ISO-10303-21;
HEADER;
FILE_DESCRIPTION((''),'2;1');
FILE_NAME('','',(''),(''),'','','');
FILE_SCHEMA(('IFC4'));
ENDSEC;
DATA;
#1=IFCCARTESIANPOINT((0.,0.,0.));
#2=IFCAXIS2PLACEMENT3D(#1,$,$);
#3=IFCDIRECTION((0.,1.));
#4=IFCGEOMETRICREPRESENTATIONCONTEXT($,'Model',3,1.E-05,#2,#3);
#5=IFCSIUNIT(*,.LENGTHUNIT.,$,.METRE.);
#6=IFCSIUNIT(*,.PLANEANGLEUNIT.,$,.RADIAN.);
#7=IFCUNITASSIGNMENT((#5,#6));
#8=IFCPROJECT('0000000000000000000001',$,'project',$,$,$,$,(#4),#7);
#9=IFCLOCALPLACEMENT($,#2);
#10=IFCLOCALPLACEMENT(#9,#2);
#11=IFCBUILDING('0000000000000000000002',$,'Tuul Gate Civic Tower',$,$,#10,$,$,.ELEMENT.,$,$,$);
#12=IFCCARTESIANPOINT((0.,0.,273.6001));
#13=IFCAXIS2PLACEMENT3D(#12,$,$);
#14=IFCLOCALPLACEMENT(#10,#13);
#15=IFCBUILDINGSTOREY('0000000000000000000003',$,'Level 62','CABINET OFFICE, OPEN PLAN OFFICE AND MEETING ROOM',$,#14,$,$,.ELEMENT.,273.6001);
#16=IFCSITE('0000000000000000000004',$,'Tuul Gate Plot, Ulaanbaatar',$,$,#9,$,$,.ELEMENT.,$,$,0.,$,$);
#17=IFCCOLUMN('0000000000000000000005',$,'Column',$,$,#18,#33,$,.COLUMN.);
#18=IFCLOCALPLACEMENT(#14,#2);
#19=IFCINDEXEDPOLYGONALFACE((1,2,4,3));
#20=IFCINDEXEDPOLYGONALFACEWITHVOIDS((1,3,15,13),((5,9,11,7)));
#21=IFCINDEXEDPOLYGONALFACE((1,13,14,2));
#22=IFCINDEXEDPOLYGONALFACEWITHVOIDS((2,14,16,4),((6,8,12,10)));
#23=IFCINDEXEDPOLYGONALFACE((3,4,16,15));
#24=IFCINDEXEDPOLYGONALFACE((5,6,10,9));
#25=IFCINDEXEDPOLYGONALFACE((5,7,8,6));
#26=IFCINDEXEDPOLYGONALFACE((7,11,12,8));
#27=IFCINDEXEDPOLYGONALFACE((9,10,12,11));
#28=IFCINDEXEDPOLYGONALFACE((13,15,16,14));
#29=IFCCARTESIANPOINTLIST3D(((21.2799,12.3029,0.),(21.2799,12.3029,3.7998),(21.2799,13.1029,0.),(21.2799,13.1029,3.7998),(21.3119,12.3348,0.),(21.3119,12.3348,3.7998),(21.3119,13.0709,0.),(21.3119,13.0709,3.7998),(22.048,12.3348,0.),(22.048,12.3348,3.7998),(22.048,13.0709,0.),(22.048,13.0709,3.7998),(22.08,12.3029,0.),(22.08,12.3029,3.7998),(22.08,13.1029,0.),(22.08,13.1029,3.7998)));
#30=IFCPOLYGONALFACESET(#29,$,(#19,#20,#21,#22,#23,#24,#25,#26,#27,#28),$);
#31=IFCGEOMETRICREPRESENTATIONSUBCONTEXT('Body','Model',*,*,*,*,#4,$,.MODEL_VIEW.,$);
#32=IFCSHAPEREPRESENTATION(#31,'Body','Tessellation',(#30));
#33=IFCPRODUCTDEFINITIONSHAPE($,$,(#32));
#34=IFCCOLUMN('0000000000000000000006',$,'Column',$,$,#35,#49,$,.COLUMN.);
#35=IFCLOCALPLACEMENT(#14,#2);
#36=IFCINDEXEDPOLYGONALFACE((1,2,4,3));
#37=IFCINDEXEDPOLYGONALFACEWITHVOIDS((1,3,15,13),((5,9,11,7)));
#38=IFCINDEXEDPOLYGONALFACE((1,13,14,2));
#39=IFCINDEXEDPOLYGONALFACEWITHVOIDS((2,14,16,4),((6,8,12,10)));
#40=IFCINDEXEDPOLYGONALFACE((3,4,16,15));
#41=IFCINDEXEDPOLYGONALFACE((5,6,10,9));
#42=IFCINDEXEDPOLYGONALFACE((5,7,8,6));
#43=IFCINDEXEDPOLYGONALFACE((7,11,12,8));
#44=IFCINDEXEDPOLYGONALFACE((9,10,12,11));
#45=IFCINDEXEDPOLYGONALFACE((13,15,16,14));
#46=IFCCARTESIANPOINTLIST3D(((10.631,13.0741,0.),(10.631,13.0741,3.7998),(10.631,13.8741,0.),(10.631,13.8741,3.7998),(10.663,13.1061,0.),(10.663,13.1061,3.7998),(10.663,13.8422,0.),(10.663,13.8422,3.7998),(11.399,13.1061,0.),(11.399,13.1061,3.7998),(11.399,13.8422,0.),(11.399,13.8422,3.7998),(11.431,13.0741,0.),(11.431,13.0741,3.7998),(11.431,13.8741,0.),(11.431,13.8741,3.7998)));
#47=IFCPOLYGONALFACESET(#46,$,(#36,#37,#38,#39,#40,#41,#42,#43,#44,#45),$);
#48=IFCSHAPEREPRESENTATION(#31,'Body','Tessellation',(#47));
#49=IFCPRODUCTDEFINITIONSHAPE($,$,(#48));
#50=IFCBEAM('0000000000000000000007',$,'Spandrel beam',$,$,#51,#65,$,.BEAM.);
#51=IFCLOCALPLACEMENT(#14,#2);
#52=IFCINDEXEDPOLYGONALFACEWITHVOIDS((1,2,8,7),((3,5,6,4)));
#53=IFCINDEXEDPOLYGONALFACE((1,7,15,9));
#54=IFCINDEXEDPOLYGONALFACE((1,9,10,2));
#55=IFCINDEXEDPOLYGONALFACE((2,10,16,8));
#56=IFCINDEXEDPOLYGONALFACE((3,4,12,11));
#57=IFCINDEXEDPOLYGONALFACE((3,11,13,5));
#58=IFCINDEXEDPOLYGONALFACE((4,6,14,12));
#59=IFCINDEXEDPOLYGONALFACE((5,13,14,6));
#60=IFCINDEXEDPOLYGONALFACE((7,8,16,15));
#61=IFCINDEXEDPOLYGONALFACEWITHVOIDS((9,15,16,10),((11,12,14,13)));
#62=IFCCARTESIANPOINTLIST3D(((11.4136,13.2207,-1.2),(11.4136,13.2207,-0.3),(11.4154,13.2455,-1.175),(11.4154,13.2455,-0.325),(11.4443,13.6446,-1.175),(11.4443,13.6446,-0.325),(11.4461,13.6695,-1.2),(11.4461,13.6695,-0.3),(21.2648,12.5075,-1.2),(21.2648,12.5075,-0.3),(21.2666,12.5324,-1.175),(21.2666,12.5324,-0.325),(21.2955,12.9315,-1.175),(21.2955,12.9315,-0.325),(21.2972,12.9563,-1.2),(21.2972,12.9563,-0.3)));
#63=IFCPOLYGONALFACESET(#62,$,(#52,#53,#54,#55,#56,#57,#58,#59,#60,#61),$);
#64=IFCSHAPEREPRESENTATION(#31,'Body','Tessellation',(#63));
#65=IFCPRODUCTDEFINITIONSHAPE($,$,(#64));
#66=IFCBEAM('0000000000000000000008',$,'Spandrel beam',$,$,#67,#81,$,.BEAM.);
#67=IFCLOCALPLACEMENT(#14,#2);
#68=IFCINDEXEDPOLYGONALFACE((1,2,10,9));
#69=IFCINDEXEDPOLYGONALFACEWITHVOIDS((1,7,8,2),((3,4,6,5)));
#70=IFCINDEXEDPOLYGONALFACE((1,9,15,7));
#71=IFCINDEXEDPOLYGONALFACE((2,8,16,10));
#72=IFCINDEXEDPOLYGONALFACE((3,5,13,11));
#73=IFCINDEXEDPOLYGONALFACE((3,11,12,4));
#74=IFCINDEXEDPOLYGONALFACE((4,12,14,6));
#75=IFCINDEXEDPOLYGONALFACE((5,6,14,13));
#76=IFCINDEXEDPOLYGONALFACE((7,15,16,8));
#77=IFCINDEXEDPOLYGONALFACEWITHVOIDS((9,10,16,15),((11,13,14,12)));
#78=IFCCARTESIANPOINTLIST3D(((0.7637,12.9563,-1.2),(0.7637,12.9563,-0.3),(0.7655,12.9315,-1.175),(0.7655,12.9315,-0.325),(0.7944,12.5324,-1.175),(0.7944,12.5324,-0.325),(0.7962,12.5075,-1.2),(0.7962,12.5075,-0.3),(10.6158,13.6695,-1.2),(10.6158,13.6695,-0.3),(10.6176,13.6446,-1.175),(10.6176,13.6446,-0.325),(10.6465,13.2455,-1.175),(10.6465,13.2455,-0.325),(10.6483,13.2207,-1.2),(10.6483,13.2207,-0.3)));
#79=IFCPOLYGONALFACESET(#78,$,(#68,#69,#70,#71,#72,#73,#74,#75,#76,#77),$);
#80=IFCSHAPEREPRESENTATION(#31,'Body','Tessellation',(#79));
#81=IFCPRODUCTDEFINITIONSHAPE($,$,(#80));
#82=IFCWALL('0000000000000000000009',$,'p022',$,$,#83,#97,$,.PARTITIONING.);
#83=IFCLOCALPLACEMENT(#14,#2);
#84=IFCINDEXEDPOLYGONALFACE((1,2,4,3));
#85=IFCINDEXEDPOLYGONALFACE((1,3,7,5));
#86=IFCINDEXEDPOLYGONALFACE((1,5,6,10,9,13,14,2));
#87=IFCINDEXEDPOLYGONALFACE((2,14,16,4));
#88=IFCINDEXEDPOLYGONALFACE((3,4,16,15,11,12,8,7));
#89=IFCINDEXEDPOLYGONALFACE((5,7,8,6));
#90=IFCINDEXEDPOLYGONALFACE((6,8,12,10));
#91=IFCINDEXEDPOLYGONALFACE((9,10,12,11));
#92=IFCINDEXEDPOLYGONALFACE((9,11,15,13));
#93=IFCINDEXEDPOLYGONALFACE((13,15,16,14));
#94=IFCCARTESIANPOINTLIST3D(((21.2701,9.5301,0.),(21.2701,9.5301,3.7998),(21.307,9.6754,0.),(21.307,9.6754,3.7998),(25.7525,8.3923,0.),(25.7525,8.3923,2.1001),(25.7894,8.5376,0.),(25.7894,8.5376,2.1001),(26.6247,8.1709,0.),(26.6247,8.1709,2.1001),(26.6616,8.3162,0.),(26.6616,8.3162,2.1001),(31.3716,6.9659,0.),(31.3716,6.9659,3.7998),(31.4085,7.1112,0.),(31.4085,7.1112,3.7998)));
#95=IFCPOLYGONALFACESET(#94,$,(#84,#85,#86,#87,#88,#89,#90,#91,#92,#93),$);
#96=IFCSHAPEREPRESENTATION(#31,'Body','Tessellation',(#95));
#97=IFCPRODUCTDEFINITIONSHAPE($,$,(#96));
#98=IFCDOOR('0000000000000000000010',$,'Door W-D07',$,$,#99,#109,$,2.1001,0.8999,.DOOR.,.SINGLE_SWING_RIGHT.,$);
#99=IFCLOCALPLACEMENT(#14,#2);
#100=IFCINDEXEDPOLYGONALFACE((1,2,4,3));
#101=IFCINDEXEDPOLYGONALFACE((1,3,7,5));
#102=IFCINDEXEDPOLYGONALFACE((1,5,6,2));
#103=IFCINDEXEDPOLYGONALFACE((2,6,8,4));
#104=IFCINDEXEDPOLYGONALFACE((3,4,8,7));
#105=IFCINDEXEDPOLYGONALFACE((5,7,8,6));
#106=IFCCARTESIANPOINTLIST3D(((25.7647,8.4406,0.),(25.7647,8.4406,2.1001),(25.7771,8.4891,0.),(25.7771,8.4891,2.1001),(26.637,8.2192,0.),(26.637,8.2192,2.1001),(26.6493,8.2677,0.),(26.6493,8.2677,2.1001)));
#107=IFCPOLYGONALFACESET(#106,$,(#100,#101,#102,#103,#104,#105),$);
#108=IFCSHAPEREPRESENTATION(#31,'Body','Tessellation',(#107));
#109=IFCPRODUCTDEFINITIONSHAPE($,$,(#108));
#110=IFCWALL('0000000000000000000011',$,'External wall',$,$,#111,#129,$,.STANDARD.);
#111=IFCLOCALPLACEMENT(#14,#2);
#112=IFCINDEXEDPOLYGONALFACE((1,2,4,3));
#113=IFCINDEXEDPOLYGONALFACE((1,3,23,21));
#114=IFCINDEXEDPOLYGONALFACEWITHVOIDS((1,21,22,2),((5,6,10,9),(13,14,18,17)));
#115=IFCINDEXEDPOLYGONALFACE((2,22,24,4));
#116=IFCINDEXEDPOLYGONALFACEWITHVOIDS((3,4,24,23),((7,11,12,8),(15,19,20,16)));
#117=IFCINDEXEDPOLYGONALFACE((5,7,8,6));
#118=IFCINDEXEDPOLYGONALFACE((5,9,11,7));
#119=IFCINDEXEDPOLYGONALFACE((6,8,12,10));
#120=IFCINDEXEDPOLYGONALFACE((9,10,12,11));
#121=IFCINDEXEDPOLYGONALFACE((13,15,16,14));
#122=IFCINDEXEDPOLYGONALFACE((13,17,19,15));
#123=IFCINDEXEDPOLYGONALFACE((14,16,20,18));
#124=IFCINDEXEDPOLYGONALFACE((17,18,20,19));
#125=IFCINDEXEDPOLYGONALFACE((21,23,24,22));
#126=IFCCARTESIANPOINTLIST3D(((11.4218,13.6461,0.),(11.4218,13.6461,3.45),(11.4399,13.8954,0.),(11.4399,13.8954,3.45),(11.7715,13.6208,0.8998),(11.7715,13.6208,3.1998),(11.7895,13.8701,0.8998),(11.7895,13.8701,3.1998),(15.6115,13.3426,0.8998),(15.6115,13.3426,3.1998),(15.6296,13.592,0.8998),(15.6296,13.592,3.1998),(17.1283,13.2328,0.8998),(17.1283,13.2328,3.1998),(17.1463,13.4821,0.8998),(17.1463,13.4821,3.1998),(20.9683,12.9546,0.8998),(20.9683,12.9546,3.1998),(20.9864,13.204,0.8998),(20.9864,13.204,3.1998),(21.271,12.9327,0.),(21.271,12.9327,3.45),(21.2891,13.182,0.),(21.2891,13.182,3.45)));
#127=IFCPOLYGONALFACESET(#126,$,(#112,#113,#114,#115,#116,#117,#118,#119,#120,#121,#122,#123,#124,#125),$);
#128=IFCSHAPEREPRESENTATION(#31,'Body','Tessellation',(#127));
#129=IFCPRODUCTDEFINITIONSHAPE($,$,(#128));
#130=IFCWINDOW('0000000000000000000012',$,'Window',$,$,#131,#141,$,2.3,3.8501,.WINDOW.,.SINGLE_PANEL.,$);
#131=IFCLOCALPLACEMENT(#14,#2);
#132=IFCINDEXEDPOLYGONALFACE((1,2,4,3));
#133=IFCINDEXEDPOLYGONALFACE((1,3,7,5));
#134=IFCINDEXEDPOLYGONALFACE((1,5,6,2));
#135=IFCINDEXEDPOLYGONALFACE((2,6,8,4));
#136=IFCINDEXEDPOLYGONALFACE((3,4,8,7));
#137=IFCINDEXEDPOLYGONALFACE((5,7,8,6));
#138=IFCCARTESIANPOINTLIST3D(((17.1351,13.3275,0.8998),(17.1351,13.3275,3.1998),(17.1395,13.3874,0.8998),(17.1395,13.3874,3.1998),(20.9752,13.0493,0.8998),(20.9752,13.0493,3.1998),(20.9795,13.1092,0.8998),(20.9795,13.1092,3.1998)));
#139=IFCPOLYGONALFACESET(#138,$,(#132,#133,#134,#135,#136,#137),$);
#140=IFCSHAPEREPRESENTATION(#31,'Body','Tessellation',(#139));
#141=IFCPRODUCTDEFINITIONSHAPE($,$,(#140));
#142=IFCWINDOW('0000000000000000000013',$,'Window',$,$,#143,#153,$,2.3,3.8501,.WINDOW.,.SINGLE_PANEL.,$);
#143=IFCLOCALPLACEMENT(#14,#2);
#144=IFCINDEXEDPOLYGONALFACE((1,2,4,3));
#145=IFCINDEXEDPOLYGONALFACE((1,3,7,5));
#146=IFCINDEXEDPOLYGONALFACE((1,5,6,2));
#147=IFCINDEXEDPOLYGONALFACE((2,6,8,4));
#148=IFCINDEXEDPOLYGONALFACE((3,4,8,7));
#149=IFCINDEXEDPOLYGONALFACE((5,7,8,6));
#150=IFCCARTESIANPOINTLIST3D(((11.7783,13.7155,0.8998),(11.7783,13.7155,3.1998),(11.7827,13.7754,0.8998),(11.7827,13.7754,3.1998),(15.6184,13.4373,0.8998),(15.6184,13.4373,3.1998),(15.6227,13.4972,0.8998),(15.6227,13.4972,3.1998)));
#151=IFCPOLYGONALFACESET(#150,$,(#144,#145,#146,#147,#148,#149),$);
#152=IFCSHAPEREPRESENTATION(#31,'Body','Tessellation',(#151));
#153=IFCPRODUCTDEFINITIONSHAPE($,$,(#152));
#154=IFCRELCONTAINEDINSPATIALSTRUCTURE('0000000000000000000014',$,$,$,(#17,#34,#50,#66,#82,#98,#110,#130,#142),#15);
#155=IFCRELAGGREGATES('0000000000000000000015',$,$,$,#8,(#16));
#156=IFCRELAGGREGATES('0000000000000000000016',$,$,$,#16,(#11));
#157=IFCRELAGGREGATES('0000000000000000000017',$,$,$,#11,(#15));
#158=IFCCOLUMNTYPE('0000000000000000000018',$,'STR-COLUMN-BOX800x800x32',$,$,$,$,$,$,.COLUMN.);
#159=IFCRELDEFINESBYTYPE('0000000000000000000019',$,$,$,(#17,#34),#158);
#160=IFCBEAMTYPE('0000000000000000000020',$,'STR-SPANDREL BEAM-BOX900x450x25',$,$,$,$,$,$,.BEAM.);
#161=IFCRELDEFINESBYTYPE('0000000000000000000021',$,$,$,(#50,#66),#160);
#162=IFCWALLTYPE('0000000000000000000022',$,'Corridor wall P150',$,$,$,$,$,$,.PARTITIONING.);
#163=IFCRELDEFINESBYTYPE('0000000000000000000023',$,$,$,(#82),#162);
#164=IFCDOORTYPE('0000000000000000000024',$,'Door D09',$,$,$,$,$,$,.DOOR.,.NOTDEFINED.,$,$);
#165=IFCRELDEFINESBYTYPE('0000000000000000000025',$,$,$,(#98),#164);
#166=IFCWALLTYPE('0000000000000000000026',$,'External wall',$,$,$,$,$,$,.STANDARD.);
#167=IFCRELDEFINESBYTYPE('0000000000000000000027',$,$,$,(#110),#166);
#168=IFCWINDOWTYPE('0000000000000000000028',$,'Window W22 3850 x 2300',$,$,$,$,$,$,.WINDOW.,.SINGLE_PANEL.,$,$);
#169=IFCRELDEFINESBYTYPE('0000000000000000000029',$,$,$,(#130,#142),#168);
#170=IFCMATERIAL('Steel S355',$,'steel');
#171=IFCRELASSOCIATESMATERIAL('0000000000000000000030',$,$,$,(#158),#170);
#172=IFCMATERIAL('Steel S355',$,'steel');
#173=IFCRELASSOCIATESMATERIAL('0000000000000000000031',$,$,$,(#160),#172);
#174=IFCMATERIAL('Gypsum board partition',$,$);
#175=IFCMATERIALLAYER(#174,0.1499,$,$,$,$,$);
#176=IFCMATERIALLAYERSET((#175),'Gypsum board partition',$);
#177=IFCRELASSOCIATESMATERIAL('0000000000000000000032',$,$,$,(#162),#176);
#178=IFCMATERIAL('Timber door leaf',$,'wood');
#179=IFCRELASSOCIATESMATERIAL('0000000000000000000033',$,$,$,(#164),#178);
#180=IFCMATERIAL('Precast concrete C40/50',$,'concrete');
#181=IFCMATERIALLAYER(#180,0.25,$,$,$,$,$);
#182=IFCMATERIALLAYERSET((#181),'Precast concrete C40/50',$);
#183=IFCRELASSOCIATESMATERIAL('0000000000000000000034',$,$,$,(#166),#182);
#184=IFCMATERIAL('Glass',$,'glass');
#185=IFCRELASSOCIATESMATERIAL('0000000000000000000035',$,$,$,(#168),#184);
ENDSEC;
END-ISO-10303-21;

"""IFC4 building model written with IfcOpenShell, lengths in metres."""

from ifc_helpers import new_model, si_unit, direction, frame, frame_2d, origin, origin_2d, place, context, subcontext, project, spatial, rectangle, hollow_rectangle, extrude, material, layer, layer_set, material_profile, profile_set, type_object, element, fill, save


model = new_model("IFC4")

# Units and contexts
model_context = context("Model", 3, precision=1e-05, world=origin(), true_north=direction((0.0, 1.0)))
body_context = subcontext(model_context, "Body", "Model", "MODEL_VIEW")
ifc_project = project(units=[si_unit("LENGTHUNIT", "METRE"), si_unit("PLANEANGLEUNIT", "RADIAN")], contexts=[model_context])

# Site, building, storey
site_placement = place(None, origin())
site = spatial("IfcSite", under=ifc_project, at=site_placement, Name="Tuul Gate Plot, Ulaanbaatar", CompositionType="ELEMENT", RefElevation=0.0)
building_placement = place(site_placement, origin())
building = spatial("IfcBuilding", under=site, at=building_placement, Name="Tuul Gate Civic Tower", CompositionType="ELEMENT")
storey_placement = place(building_placement, frame((0.0, 0.0, 273.6001)))
storey = spatial("IfcBuildingStorey", under=building, at=storey_placement, Name="Level 62", Description="CABINET OFFICE, OPEN PLAN OFFICE AND MEETING ROOM", CompositionType="ELEMENT", Elevation=273.6001)

# Columns
ifc_material_1 = material(Name="Steel S355", Category="steel")
ifc_material_profile_1 = material_profile(ifc_material_1, hollow_rectangle(XDim=0.8, YDim=0.8, WallThickness=0.032, at=origin_2d()), Name="BOX800x800x32")
ifc_profile_set_1 = profile_set([ifc_material_profile_1], Name="Steel S355")
column_type = type_object("IfcColumnType", Name="STR-COLUMN-BOX800x800x32", PredefinedType="COLUMN", material=ifc_profile_set_1)
for number, where, z_axis, x_axis, name in (
    (1, (21.6799, 12.7029, 0.0), (0.0, 0.0, 1.0), (1.0, 0.0, 0.0), "Column"),
    (2, (11.031, 13.4741, 0.0), (0.0, 0.0, 1.0), (1.0, 0.0, 0.0), "Column"),
):
    element("IfcColumn", number, at=place(storey_placement, frame(where, z_axis=z_axis, x_axis=x_axis)), inside=storey, type_object=column_type, Name=name, PredefinedType="COLUMN", context=body_context, shape_type="SweptSolid", body=[
        extrude(hollow_rectangle(XDim=0.8, YDim=0.8, WallThickness=0.032, at=origin_2d()), origin(), (0.0, 0.0, 1.0), 3.7998),
    ])

# Beams
ifc_material_2 = material(Name="Steel S355", Category="steel")
ifc_material_profile_2 = material_profile(ifc_material_2, hollow_rectangle(XDim=0.45, YDim=0.8999, WallThickness=0.0249, at=origin_2d()), Name="BOX900x450x25")
ifc_profile_set_2 = profile_set([ifc_material_profile_2], Name="Steel S355")
beam_type = type_object("IfcBeamType", Name="STR-SPANDREL BEAM-BOX900x450x25", PredefinedType="BEAM", material=ifc_profile_set_2)
beam_1_placement = place(storey_placement, frame((21.281, 12.7319, -0.75), z_axis=(-0.99739, 0.072203, 0.0), x_axis=(-0.072203, -0.99739, 0.0)))
element("IfcBeam", 3, at=beam_1_placement, inside=storey, type_object=beam_type, Name="Spandrel beam", PredefinedType="BEAM", context=body_context, shape_type="SweptSolid", body=[
    extrude(hollow_rectangle(XDim=0.45, YDim=0.8999, WallThickness=0.0249, at=origin_2d()), origin(), (0.0, 0.0, 1.0), 9.877),
])
beam_2_placement = place(storey_placement, frame((10.6321, 13.4451, -0.75), z_axis=(-0.99739, -0.072196, 0.0), x_axis=(0.072196, -0.99739, 0.0)))
element("IfcBeam", 4, at=beam_2_placement, inside=storey, type_object=beam_type, Name="Spandrel beam", PredefinedType="BEAM", context=body_context, shape_type="SweptSolid", body=[
    extrude(hollow_rectangle(XDim=0.45, YDim=0.8999, WallThickness=0.0249, at=origin_2d()), origin(), (0.0, 0.0, 1.0), 9.8779),
])

# Wall, opening, door
ifc_material_3 = material(Name="Gypsum board partition")
ifc_layer_1 = layer(ifc_material_3, 0.1499)
ifc_layer_set_1 = layer_set([ifc_layer_1], Name="Gypsum board partition")
wall_type_1 = type_object("IfcWallType", Name="Corridor wall P150", PredefinedType="PARTITIONING", material=ifc_layer_set_1)
wall_1_placement = place(storey_placement, frame((21.2886, 9.6028, 0.0), z_axis=(0.0, 0.0, 1.0), x_axis=(0.96926, -0.24604, 0.0)))
wall_1 = element("IfcWall", 5, at=wall_1_placement, inside=storey, type_object=wall_type_1, Name="p022", PredefinedType="PARTITIONING", context=body_context, shape_type="SweptSolid", body=[
    extrude(rectangle(XDim=10.4219, YDim=0.1499, at=frame_2d((5.2109, 0.0))), origin(), (0.0, 0.0, 1.0), 3.7998),
])
opening_1_placement = place(wall_1_placement, frame((4.6245, 0.0, 0.0)))
opening_1 = element("IfcOpeningElement", 6, at=opening_1_placement, cuts=wall_1, PredefinedType="OPENING", context=body_context, shape_type="SweptSolid", body=[
    extrude(rectangle(XDim=0.8999, YDim=2.1001, at=frame_2d((0.45, 1.05))), frame((0.0, 0.085, 0.0), z_axis=(0.0, -1.0, 0.0), x_axis=(1.0, 0.0, 0.0)), (0.0, 0.0, 1.0), 0.1699),
])
ifc_material_4 = material(Name="Timber door leaf", Category="wood")
door_type = type_object("IfcDoorType", Name="Door D09", OperationType="NOTDEFINED", PredefinedType="DOOR", material=ifc_material_4)
door_placement = place(opening_1_placement, origin())
door = element("IfcDoor", 7, at=door_placement, inside=storey, type_object=door_type, Name="Door W-D07", OperationType="SINGLE_SWING_RIGHT", OverallHeight=2.1001, OverallWidth=0.8999, PredefinedType="DOOR", context=body_context, shape_type="SweptSolid", body=[
    extrude(rectangle(XDim=0.8999, YDim=2.1001, at=frame_2d((0.45, 1.05))), frame((0.0, 0.0249, 0.0), z_axis=(0.0, -1.0, 0.0), x_axis=(1.0, 0.0, 0.0)), (0.0, 0.0, 1.0), 0.05),
])
fill(opening_1, door)

# Wall, openings, windows
ifc_material_5 = material(Name="Precast concrete C40/50", Category="concrete")
ifc_layer_2 = layer(ifc_material_5, 0.25)
ifc_layer_set_2 = layer_set([ifc_layer_2], Name="Precast concrete C40/50")
wall_type_2 = type_object("IfcWallType", Name="External wall", PredefinedType="STANDARD", material=ifc_layer_set_2)
wall_2_placement = place(storey_placement, frame((21.28, 13.0574, 0.0), z_axis=(0.0, 0.0, 1.0), x_axis=(-0.997387, 0.072241, 0.0)))
wall_2 = element("IfcWall", 8, at=wall_2_placement, inside=storey, type_object=wall_type_2, Name="External wall", PredefinedType="STANDARD", context=body_context, shape_type="SweptSolid", body=[
    extrude(rectangle(XDim=9.875, YDim=0.25, at=frame_2d((4.9375, 0.0))), origin(), (0.0, 0.0, 1.0), 3.45),
])
opening_2_placement = place(wall_2_placement, frame((0.3035, 0.0, 0.8999)))
opening_2 = element("IfcOpeningElement", 9, at=opening_2_placement, cuts=wall_2, PredefinedType="OPENING", context=body_context, shape_type="SweptSolid", body=[
    extrude(rectangle(XDim=3.8501, YDim=2.3, at=frame_2d((1.925, 1.1499))), frame((0.0, 0.135, 0.0), z_axis=(0.0, -1.0, 0.0), x_axis=(1.0, 0.0, 0.0)), (0.0, 0.0, 1.0), 0.27),
])
opening_3_placement = place(wall_2_placement, frame((5.6743, 0.0, 0.8999)))
opening_3 = element("IfcOpeningElement", 10, at=opening_3_placement, cuts=wall_2, PredefinedType="OPENING", context=body_context, shape_type="SweptSolid", body=[
    extrude(rectangle(XDim=3.8501, YDim=2.3, at=frame_2d((1.925, 1.1499))), frame((0.0, 0.135, 0.0), z_axis=(0.0, -1.0, 0.0), x_axis=(1.0, 0.0, 0.0)), (0.0, 0.0, 1.0), 0.27),
])
ifc_material_6 = material(Name="Glass", Category="glass")
window_type = type_object("IfcWindowType", Name="Window W22 3850 x 2300", PartitioningType="SINGLE_PANEL", PredefinedType="WINDOW", material=ifc_material_6)
window_1_placement = place(opening_2_placement, origin())
window_1 = element("IfcWindow", 11, at=window_1_placement, inside=storey, type_object=window_type, Name="Window", OverallHeight=2.3, OverallWidth=3.8501, PartitioningType="SINGLE_PANEL", PredefinedType="WINDOW", context=body_context, shape_type="SweptSolid", body=[
    extrude(rectangle(XDim=3.8501, YDim=2.3, at=frame_2d((1.925, 1.1499))), frame((0.0, 0.03, 0.0), z_axis=(0.0, -1.0, 0.0), x_axis=(1.0, 0.0, 0.0)), (0.0, 0.0, 1.0), 0.0601),
])
fill(opening_2, window_1)
window_2_placement = place(opening_3_placement, origin())
window_2 = element("IfcWindow", 12, at=window_2_placement, inside=storey, type_object=window_type, Name="Window", OverallHeight=2.3, OverallWidth=3.8501, PartitioningType="SINGLE_PANEL", PredefinedType="WINDOW", context=body_context, shape_type="SweptSolid", body=[
    extrude(rectangle(XDim=3.8501, YDim=2.3, at=frame_2d((1.925, 1.1499))), frame((0.0, 0.03, 0.0), z_axis=(0.0, -1.0, 0.0), x_axis=(1.0, 0.0, 0.0)), (0.0, 0.0, 1.0), 0.0601),
])
fill(opening_3, window_2)

save(model, "model.ifc")
